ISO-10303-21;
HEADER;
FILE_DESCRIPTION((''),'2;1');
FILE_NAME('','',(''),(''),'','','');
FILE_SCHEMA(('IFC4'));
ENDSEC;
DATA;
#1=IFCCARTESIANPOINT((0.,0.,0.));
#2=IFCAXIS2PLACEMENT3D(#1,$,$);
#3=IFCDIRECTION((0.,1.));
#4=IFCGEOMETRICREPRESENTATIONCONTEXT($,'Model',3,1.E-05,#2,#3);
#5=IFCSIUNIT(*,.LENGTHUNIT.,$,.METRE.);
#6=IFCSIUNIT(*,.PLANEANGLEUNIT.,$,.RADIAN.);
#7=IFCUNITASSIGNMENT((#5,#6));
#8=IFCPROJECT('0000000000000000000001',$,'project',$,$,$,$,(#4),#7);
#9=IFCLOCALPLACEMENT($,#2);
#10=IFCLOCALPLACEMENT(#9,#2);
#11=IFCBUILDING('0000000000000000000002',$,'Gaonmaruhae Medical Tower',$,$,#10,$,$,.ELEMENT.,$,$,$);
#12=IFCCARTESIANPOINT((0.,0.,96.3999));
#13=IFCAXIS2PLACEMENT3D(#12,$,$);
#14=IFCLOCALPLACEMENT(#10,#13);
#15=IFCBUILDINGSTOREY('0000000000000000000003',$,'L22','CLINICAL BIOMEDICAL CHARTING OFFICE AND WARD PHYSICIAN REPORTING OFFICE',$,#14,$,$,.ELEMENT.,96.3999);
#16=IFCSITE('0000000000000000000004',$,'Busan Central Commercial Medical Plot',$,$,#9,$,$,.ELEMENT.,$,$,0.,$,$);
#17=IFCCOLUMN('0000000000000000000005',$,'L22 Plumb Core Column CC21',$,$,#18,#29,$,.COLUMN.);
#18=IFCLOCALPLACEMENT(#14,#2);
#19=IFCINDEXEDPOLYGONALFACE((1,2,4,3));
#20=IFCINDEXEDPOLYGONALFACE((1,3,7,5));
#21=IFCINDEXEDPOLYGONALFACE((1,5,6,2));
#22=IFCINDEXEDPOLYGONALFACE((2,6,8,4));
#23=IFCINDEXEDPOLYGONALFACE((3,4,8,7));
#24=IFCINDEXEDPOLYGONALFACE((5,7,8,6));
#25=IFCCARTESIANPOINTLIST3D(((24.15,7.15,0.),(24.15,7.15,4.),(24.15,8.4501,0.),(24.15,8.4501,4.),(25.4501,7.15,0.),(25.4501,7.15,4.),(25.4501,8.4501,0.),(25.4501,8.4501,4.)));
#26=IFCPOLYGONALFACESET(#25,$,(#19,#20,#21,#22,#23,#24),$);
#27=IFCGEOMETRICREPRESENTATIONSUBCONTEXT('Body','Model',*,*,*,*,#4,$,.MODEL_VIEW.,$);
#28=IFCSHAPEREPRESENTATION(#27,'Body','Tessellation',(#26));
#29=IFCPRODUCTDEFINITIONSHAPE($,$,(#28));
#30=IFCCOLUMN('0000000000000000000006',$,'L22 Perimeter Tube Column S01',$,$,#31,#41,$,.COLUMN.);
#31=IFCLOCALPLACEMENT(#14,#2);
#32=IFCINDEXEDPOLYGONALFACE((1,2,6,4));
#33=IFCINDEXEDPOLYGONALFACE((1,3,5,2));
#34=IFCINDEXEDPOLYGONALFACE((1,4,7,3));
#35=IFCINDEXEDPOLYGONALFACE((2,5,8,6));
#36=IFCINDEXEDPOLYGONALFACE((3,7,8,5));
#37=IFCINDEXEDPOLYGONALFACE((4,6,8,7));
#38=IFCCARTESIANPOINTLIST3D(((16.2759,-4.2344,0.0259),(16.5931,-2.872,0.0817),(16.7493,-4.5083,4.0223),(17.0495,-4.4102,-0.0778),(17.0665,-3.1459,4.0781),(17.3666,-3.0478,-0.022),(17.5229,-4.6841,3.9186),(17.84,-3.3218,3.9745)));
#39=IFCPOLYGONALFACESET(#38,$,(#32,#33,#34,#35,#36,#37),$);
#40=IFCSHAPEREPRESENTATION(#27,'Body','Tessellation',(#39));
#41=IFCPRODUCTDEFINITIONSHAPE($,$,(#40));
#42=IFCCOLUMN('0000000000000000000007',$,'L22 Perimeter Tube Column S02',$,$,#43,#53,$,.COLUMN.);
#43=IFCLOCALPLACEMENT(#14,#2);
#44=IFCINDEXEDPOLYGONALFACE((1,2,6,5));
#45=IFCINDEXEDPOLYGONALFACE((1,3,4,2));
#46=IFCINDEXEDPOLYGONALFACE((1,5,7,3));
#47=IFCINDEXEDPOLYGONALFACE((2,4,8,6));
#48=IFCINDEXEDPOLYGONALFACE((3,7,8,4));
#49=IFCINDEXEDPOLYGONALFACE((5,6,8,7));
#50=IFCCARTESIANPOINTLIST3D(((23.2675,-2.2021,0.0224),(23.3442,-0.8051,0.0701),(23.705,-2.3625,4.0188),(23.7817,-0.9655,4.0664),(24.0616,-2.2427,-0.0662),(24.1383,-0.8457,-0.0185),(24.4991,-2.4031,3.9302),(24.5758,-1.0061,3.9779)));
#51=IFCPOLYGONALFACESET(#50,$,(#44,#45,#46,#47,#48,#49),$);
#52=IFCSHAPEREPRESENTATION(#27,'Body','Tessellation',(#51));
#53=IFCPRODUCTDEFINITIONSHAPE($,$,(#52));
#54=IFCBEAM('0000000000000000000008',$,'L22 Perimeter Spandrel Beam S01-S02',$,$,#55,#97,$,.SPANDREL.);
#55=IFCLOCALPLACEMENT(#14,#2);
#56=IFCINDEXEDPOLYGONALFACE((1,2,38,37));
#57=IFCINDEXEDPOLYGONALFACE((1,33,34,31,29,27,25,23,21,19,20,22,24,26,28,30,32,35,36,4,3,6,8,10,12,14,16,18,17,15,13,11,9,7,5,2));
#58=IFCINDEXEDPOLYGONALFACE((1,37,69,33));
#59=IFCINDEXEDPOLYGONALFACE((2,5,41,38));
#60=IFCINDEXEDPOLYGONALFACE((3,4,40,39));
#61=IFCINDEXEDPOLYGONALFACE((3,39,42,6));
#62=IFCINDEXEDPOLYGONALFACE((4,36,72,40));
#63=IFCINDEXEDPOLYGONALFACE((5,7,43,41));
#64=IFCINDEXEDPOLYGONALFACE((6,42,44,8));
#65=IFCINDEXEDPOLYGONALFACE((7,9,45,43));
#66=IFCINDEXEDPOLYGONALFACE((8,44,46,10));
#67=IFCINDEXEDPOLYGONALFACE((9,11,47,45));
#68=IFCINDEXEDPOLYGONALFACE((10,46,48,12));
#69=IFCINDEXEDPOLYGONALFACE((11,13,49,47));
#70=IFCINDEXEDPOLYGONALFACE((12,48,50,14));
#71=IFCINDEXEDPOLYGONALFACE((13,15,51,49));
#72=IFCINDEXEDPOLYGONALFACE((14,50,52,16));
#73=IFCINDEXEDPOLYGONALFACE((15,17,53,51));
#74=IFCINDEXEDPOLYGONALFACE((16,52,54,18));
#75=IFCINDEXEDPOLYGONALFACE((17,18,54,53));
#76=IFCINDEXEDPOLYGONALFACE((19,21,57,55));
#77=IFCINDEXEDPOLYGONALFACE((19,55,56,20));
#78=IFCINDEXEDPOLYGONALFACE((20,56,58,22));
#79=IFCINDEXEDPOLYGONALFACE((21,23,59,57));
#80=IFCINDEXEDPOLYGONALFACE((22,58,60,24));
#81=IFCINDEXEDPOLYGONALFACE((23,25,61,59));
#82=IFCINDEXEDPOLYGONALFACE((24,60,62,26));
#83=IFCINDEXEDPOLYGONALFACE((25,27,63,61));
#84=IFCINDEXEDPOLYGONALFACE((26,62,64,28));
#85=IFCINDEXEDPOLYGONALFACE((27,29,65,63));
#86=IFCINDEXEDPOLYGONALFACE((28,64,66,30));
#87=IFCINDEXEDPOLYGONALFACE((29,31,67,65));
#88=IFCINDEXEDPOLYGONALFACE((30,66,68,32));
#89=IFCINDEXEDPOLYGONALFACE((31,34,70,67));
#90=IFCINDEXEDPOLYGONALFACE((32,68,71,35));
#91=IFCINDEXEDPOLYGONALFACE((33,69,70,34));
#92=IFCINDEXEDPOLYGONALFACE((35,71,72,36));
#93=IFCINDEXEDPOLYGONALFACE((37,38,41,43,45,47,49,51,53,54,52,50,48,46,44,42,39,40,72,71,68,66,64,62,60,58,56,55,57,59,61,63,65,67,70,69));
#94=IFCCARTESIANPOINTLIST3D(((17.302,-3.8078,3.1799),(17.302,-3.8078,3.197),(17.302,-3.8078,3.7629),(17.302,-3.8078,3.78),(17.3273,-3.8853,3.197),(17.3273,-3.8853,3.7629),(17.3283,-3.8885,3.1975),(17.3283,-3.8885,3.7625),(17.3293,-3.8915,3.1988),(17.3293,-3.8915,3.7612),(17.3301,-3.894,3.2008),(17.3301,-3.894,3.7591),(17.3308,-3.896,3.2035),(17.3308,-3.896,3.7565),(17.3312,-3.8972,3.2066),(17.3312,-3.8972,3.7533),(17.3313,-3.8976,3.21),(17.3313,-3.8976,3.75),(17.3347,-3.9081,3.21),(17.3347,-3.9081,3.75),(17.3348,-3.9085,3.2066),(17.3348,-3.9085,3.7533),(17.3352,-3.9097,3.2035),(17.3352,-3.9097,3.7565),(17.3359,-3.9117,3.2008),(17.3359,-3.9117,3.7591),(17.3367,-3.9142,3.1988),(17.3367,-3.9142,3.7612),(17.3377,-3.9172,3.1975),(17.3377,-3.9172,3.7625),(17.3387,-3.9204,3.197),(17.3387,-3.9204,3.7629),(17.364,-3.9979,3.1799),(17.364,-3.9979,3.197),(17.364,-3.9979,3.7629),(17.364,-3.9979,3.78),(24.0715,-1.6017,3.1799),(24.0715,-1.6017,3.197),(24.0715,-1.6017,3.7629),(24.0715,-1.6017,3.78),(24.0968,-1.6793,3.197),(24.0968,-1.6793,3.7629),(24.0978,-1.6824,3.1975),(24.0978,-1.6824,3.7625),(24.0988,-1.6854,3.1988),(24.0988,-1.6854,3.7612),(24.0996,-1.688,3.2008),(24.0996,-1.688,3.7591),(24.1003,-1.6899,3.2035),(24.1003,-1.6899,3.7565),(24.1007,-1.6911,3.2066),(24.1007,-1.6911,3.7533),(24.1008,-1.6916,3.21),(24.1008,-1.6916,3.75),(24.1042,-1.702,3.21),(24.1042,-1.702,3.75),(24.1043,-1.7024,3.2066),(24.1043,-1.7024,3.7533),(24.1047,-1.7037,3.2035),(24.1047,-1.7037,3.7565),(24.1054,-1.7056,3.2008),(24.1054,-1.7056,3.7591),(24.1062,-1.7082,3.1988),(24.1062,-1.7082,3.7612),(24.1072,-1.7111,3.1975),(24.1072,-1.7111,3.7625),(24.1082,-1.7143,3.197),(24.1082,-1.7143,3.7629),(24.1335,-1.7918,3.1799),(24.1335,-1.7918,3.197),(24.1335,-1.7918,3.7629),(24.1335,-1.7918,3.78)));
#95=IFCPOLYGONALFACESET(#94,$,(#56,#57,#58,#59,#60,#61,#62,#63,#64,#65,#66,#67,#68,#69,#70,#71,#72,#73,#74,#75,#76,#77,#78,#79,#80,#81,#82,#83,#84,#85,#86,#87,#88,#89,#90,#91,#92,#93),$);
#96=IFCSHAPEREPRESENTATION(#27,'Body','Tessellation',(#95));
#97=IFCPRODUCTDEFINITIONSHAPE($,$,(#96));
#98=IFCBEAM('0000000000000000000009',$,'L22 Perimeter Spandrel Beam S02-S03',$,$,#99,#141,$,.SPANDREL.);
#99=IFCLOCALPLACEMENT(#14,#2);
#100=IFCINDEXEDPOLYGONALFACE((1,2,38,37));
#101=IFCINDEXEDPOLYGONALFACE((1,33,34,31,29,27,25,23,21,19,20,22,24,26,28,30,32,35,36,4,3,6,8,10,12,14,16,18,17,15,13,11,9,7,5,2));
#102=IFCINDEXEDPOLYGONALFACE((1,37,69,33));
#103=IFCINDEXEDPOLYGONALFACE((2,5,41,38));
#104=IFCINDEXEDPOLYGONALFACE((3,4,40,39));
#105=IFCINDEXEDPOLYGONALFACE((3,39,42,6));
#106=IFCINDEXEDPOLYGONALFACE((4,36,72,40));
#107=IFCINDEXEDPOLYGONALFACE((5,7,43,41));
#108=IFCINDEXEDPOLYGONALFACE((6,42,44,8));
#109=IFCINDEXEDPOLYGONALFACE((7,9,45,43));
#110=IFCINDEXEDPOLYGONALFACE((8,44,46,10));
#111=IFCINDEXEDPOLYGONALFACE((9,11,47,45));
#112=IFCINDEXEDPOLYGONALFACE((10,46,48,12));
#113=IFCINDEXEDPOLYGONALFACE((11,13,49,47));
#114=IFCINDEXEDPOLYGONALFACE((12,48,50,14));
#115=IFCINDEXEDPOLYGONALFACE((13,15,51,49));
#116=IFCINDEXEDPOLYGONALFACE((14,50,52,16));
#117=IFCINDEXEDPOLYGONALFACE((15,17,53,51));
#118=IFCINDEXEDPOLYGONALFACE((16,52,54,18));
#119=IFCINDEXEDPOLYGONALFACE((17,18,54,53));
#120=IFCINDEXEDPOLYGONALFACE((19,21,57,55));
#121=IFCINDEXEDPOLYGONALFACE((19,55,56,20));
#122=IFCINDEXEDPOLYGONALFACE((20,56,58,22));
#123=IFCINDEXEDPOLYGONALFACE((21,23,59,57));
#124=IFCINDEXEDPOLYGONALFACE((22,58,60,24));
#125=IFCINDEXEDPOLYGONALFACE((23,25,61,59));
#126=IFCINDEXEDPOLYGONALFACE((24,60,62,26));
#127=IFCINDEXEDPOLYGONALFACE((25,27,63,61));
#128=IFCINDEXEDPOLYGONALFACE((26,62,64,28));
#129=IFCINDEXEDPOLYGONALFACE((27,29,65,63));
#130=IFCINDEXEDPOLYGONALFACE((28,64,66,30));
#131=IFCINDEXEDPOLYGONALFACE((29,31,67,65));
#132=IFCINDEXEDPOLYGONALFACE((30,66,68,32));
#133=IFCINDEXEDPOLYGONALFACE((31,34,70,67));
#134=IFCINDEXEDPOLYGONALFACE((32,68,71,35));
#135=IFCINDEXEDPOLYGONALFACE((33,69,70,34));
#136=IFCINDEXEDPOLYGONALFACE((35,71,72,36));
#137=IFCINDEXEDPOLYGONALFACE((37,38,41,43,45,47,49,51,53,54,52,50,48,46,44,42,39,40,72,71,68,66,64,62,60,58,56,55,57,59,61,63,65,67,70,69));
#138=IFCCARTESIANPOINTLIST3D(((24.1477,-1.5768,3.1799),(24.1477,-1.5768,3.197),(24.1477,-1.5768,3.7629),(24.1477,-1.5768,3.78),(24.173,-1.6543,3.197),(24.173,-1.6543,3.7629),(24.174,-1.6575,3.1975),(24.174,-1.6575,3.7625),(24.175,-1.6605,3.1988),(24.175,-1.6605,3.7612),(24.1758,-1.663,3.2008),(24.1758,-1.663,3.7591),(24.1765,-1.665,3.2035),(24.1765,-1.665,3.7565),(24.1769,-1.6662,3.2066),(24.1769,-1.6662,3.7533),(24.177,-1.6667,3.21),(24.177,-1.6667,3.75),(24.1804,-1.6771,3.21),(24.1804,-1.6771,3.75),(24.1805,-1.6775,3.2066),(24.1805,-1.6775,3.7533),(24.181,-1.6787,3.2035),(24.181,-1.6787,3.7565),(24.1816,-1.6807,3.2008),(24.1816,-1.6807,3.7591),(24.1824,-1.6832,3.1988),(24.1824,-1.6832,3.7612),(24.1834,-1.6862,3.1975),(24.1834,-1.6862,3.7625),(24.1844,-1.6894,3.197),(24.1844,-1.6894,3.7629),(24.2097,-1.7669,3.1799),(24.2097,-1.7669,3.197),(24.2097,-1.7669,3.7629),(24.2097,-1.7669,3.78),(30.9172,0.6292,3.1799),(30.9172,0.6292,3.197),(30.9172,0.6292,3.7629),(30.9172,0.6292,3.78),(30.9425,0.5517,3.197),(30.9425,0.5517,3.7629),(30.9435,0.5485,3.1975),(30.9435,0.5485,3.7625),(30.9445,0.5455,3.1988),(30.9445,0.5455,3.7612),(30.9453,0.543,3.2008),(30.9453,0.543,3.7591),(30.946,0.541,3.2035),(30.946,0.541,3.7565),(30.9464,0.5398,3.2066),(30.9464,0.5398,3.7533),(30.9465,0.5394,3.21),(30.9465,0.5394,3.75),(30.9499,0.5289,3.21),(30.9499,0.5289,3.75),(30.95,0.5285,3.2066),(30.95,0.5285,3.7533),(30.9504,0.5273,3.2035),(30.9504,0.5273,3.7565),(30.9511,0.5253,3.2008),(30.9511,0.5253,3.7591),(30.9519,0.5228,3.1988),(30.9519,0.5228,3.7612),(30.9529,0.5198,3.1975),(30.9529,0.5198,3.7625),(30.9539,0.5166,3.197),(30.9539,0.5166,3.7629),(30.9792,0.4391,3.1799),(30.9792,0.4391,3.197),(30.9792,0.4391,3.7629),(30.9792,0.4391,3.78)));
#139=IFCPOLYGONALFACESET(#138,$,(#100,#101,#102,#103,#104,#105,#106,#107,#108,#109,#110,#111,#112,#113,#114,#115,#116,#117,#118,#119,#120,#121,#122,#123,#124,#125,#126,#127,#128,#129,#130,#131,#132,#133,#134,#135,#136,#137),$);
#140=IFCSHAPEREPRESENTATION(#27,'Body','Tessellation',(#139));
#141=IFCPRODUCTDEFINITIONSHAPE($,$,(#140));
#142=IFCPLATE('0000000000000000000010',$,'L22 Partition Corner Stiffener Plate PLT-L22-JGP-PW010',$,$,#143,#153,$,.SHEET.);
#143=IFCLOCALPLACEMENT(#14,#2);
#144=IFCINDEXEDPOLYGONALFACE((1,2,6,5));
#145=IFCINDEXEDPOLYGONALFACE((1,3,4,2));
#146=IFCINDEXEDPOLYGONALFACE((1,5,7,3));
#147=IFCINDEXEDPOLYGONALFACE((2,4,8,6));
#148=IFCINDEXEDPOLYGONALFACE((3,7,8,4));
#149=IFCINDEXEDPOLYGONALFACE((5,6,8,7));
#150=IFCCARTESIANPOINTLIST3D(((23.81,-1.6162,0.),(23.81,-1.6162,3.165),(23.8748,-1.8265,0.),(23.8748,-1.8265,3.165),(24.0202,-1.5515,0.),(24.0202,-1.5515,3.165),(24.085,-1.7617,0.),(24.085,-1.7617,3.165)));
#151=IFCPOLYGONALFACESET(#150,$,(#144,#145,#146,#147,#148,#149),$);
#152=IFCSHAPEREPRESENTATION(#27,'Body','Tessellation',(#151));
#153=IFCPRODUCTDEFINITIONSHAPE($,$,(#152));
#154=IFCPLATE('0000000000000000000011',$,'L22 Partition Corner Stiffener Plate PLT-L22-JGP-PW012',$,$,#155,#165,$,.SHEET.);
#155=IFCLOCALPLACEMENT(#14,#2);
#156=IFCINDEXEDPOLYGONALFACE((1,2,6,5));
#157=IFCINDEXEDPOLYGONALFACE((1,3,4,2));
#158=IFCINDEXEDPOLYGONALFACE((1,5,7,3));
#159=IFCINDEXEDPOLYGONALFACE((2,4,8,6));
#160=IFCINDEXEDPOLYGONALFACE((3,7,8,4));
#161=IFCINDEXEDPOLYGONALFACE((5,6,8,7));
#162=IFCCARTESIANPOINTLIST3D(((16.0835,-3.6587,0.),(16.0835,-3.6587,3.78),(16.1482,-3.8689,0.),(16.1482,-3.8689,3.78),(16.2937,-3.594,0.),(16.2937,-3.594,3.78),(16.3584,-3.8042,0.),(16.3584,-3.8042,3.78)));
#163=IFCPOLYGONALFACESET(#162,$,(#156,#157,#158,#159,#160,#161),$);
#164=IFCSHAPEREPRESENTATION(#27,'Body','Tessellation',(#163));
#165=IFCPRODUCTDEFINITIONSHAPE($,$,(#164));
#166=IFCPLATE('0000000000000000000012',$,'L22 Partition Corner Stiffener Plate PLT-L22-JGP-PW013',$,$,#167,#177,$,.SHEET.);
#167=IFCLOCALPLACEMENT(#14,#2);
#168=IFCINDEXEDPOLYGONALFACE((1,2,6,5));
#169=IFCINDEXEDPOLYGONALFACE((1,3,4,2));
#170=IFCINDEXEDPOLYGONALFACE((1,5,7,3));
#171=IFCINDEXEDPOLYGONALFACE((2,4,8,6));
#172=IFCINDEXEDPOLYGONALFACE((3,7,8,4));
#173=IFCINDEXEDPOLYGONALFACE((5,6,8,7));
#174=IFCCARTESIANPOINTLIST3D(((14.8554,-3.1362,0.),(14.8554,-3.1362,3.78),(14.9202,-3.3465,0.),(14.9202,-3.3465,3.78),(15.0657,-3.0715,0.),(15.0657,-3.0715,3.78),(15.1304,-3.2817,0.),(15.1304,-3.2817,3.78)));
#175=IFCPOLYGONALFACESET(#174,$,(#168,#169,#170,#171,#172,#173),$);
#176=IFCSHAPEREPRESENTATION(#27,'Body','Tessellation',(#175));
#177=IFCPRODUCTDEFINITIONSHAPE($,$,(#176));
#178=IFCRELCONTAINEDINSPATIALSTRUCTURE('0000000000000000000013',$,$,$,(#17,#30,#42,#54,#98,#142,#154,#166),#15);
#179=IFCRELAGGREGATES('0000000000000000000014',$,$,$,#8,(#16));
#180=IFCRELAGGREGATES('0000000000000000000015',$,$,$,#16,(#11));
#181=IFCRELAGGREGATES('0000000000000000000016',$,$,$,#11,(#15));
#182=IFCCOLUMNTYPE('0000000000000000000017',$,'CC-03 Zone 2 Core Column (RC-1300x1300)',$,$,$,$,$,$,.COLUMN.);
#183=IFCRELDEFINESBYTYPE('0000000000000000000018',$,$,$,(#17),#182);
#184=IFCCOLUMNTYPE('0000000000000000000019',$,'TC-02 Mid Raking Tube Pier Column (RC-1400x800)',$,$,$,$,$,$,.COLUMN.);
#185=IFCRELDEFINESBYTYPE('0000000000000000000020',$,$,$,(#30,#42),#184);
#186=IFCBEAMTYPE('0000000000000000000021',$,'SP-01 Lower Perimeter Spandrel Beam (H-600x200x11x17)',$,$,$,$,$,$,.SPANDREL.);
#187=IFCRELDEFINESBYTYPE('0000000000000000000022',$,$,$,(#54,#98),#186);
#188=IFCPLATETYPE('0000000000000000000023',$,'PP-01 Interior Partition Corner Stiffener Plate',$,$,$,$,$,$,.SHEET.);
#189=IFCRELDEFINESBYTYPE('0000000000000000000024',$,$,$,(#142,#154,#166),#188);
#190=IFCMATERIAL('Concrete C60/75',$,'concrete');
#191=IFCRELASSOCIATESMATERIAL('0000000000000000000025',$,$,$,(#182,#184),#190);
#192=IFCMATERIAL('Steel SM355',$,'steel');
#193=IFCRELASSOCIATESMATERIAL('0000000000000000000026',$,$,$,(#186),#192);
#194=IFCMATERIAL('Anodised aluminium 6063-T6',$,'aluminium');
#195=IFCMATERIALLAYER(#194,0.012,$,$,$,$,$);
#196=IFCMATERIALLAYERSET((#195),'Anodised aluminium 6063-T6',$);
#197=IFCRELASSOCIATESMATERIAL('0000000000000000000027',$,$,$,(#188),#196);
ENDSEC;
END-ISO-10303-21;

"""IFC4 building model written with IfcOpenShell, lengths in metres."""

from ifc_helpers import new_model, si_unit, direction, frame, origin, origin_2d, place, context, subcontext, project, spatial, rectangle, i_section, extrude, material, layer, layer_set, material_profile, profile_set, type_object, element, save


model = new_model("IFC4")

# Units and contexts
model_context = context("Model", 3, precision=1e-05, world=origin(), true_north=direction((0.0, 1.0)))
body_context = subcontext(model_context, "Body", "Model", "MODEL_VIEW")
ifc_project = project(units=[si_unit("LENGTHUNIT", "METRE"), si_unit("PLANEANGLEUNIT", "RADIAN")], contexts=[model_context])

# Site, building, storey
site_placement = place(None, origin())
site = spatial("IfcSite", under=ifc_project, at=site_placement, Name="Busan Central Commercial Medical Plot", CompositionType="ELEMENT", RefElevation=0.0)
building_placement = place(site_placement, origin())
building = spatial("IfcBuilding", under=site, at=building_placement, Name="Gaonmaruhae Medical Tower", CompositionType="ELEMENT")
storey_placement = place(building_placement, frame((0.0, 0.0, 96.3999)))
storey = spatial("IfcBuildingStorey", under=building, at=storey_placement, Name="L22", Description="CLINICAL BIOMEDICAL CHARTING OFFICE AND WARD PHYSICIAN REPORTING OFFICE", CompositionType="ELEMENT", Elevation=96.3999)

# Columns
ifc_material_1 = material(Name="Concrete C60/75", Category="concrete")
ifc_material_profile_1 = material_profile(ifc_material_1, rectangle(XDim=1.3, YDim=1.3, at=origin_2d()), Name="RC-1300x1300")
ifc_profile_set_1 = profile_set([ifc_material_profile_1], Name="Concrete C60/75")
column_type_1 = type_object("IfcColumnType", Name="CC-03 Zone 2 Core Column (RC-1300x1300)", PredefinedType="COLUMN", material=ifc_profile_set_1)
column_1_placement = place(storey_placement, frame((24.8, 7.8, 0.0), z_axis=(0.0, 0.0, 1.0), x_axis=(1.0, 0.0, 0.0)))
element("IfcColumn", 1, at=column_1_placement, inside=storey, type_object=column_type_1, Name="L22 Plumb Core Column CC21", PredefinedType="COLUMN", context=body_context, shape_type="SweptSolid", body=[
    extrude(rectangle(XDim=1.3, YDim=1.3, at=origin_2d()), origin(), (0.0, 0.0, 1.0), 4.0),
])
ifc_material_profile_2 = material_profile(ifc_material_1, rectangle(XDim=1.3999, YDim=0.8, at=origin_2d()), Name="RC-1400x800")
ifc_profile_set_2 = profile_set([ifc_material_profile_2], Name="Concrete C60/75")
column_type_2 = type_object("IfcColumnType", Name="TC-02 Mid Raking Tube Pier Column (RC-1400x800)", PredefinedType="COLUMN", material=ifc_profile_set_2)
column_2_placement = place(storey_placement, frame((16.8213, -3.6411, 0.002), z_axis=(0.117362, -0.067911, 0.990765), x_axis=(0.226549, 0.973183, 0.03987)))
element("IfcColumn", 2, at=column_2_placement, inside=storey, type_object=column_type_2, Name="L22 Perimeter Tube Column S01", PredefinedType="COLUMN", context=body_context, shape_type="SweptSolid", body=[
    extrude(rectangle(XDim=1.3999, YDim=0.8, at=origin_2d()), origin(), (0.0, 0.0, 1.0), 4.0337),
])
column_3_placement = place(storey_placement, frame((23.7029, -1.5239, 0.002), z_axis=(0.108739, -0.039867, 0.993271), x_axis=(0.054794, 0.997917, 0.034055)))
element("IfcColumn", 3, at=column_3_placement, inside=storey, type_object=column_type_2, Name="L22 Perimeter Tube Column S02", PredefinedType="COLUMN", context=body_context, shape_type="SweptSolid", body=[
    extrude(rectangle(XDim=1.3999, YDim=0.8, at=origin_2d()), origin(), (0.0, 0.0, 1.0), 4.0234),
])

# Beams
ifc_material_2 = material(Name="Steel SM355", Category="steel")
ifc_material_profile_3 = material_profile(ifc_material_2, i_section(OverallWidth=0.2, OverallDepth=0.6001, WebThickness=0.011, FlangeThickness=0.0171, FilletRadius=0.0129, at=origin_2d()), Name="H-600x200x11x17")
ifc_profile_set_3 = profile_set([ifc_material_profile_3], Name="Steel SM355")
beam_type = type_object("IfcBeamType", Name="SP-01 Lower Perimeter Spandrel Beam (H-600x200x11x17)", PredefinedType="SPANDREL", material=ifc_profile_set_3)
for number, where, z_axis, x_axis, name in (
    (4, (17.333, -3.9028, 3.48), (0.950788, 0.309843, 0.0), (-0.309843, 0.950788, 0.0), "L22 Perimeter Spandrel Beam S01-S02"),
    (5, (24.1787, -1.6719, 3.48), (0.950788, 0.309843, 0.0), (-0.309843, 0.950788, 0.0), "L22 Perimeter Spandrel Beam S02-S03"),
):
    element("IfcBeam", number, at=place(storey_placement, frame(where, z_axis=z_axis, x_axis=x_axis)), inside=storey, type_object=beam_type, Name=name, PredefinedType="SPANDREL", context=body_context, shape_type="SweptSolid", body=[
        extrude(i_section(OverallWidth=0.2, OverallDepth=0.6001, WebThickness=0.011, FlangeThickness=0.0171, FilletRadius=0.0129, at=origin_2d()), origin(), (0.0, 0.0, 1.0), 7.1199),
    ])

# Plates
ifc_material_3 = material(Name="Anodised aluminium 6063-T6", Category="aluminium")
ifc_layer_1 = layer(ifc_material_3, 0.012)
ifc_layer_set_1 = layer_set([ifc_layer_1], Name="Anodised aluminium 6063-T6")
plate_type = type_object("IfcPlateType", Name="PP-01 Interior Partition Corner Stiffener Plate", PredefinedType="SHEET", material=ifc_layer_set_1)
plate_placement = place(storey_placement, frame((23.9475, -1.689, 0.0), z_axis=(0.0, 0.0, 1.0), x_axis=(-0.95569, -0.294374, 0.0)))
element("IfcPlate", 6, at=plate_placement, inside=storey, type_object=plate_type, Name="L22 Partition Corner Stiffener Plate PLT-L22-JGP-PW010", PredefinedType="SHEET", context=body_context, shape_type="SweptSolid", body=[
    extrude(rectangle(XDim=0.22, YDim=0.22, at=origin_2d()), origin(), (0.0, 0.0, 1.0), 3.165),
])
for number, where, z_axis, x_axis, name in (
    (7, (16.2209, -3.7314, 0.0), (0.0, 0.0, 1.0), (-0.29409, 0.955778, 0.0), "L22 Partition Corner Stiffener Plate PLT-L22-JGP-PW012"),
    (8, (14.9929, -3.209, 0.0), (0.0, 0.0, 1.0), (-0.955731, -0.29424, 0.0), "L22 Partition Corner Stiffener Plate PLT-L22-JGP-PW013"),
):
    element("IfcPlate", number, at=place(storey_placement, frame(where, z_axis=z_axis, x_axis=x_axis)), inside=storey, type_object=plate_type, Name=name, PredefinedType="SHEET", context=body_context, shape_type="SweptSolid", body=[
        extrude(rectangle(XDim=0.22, YDim=0.22, at=origin_2d()), origin(), (0.0, 0.0, 1.0), 3.78),
    ])

save(model, "model.ifc")
